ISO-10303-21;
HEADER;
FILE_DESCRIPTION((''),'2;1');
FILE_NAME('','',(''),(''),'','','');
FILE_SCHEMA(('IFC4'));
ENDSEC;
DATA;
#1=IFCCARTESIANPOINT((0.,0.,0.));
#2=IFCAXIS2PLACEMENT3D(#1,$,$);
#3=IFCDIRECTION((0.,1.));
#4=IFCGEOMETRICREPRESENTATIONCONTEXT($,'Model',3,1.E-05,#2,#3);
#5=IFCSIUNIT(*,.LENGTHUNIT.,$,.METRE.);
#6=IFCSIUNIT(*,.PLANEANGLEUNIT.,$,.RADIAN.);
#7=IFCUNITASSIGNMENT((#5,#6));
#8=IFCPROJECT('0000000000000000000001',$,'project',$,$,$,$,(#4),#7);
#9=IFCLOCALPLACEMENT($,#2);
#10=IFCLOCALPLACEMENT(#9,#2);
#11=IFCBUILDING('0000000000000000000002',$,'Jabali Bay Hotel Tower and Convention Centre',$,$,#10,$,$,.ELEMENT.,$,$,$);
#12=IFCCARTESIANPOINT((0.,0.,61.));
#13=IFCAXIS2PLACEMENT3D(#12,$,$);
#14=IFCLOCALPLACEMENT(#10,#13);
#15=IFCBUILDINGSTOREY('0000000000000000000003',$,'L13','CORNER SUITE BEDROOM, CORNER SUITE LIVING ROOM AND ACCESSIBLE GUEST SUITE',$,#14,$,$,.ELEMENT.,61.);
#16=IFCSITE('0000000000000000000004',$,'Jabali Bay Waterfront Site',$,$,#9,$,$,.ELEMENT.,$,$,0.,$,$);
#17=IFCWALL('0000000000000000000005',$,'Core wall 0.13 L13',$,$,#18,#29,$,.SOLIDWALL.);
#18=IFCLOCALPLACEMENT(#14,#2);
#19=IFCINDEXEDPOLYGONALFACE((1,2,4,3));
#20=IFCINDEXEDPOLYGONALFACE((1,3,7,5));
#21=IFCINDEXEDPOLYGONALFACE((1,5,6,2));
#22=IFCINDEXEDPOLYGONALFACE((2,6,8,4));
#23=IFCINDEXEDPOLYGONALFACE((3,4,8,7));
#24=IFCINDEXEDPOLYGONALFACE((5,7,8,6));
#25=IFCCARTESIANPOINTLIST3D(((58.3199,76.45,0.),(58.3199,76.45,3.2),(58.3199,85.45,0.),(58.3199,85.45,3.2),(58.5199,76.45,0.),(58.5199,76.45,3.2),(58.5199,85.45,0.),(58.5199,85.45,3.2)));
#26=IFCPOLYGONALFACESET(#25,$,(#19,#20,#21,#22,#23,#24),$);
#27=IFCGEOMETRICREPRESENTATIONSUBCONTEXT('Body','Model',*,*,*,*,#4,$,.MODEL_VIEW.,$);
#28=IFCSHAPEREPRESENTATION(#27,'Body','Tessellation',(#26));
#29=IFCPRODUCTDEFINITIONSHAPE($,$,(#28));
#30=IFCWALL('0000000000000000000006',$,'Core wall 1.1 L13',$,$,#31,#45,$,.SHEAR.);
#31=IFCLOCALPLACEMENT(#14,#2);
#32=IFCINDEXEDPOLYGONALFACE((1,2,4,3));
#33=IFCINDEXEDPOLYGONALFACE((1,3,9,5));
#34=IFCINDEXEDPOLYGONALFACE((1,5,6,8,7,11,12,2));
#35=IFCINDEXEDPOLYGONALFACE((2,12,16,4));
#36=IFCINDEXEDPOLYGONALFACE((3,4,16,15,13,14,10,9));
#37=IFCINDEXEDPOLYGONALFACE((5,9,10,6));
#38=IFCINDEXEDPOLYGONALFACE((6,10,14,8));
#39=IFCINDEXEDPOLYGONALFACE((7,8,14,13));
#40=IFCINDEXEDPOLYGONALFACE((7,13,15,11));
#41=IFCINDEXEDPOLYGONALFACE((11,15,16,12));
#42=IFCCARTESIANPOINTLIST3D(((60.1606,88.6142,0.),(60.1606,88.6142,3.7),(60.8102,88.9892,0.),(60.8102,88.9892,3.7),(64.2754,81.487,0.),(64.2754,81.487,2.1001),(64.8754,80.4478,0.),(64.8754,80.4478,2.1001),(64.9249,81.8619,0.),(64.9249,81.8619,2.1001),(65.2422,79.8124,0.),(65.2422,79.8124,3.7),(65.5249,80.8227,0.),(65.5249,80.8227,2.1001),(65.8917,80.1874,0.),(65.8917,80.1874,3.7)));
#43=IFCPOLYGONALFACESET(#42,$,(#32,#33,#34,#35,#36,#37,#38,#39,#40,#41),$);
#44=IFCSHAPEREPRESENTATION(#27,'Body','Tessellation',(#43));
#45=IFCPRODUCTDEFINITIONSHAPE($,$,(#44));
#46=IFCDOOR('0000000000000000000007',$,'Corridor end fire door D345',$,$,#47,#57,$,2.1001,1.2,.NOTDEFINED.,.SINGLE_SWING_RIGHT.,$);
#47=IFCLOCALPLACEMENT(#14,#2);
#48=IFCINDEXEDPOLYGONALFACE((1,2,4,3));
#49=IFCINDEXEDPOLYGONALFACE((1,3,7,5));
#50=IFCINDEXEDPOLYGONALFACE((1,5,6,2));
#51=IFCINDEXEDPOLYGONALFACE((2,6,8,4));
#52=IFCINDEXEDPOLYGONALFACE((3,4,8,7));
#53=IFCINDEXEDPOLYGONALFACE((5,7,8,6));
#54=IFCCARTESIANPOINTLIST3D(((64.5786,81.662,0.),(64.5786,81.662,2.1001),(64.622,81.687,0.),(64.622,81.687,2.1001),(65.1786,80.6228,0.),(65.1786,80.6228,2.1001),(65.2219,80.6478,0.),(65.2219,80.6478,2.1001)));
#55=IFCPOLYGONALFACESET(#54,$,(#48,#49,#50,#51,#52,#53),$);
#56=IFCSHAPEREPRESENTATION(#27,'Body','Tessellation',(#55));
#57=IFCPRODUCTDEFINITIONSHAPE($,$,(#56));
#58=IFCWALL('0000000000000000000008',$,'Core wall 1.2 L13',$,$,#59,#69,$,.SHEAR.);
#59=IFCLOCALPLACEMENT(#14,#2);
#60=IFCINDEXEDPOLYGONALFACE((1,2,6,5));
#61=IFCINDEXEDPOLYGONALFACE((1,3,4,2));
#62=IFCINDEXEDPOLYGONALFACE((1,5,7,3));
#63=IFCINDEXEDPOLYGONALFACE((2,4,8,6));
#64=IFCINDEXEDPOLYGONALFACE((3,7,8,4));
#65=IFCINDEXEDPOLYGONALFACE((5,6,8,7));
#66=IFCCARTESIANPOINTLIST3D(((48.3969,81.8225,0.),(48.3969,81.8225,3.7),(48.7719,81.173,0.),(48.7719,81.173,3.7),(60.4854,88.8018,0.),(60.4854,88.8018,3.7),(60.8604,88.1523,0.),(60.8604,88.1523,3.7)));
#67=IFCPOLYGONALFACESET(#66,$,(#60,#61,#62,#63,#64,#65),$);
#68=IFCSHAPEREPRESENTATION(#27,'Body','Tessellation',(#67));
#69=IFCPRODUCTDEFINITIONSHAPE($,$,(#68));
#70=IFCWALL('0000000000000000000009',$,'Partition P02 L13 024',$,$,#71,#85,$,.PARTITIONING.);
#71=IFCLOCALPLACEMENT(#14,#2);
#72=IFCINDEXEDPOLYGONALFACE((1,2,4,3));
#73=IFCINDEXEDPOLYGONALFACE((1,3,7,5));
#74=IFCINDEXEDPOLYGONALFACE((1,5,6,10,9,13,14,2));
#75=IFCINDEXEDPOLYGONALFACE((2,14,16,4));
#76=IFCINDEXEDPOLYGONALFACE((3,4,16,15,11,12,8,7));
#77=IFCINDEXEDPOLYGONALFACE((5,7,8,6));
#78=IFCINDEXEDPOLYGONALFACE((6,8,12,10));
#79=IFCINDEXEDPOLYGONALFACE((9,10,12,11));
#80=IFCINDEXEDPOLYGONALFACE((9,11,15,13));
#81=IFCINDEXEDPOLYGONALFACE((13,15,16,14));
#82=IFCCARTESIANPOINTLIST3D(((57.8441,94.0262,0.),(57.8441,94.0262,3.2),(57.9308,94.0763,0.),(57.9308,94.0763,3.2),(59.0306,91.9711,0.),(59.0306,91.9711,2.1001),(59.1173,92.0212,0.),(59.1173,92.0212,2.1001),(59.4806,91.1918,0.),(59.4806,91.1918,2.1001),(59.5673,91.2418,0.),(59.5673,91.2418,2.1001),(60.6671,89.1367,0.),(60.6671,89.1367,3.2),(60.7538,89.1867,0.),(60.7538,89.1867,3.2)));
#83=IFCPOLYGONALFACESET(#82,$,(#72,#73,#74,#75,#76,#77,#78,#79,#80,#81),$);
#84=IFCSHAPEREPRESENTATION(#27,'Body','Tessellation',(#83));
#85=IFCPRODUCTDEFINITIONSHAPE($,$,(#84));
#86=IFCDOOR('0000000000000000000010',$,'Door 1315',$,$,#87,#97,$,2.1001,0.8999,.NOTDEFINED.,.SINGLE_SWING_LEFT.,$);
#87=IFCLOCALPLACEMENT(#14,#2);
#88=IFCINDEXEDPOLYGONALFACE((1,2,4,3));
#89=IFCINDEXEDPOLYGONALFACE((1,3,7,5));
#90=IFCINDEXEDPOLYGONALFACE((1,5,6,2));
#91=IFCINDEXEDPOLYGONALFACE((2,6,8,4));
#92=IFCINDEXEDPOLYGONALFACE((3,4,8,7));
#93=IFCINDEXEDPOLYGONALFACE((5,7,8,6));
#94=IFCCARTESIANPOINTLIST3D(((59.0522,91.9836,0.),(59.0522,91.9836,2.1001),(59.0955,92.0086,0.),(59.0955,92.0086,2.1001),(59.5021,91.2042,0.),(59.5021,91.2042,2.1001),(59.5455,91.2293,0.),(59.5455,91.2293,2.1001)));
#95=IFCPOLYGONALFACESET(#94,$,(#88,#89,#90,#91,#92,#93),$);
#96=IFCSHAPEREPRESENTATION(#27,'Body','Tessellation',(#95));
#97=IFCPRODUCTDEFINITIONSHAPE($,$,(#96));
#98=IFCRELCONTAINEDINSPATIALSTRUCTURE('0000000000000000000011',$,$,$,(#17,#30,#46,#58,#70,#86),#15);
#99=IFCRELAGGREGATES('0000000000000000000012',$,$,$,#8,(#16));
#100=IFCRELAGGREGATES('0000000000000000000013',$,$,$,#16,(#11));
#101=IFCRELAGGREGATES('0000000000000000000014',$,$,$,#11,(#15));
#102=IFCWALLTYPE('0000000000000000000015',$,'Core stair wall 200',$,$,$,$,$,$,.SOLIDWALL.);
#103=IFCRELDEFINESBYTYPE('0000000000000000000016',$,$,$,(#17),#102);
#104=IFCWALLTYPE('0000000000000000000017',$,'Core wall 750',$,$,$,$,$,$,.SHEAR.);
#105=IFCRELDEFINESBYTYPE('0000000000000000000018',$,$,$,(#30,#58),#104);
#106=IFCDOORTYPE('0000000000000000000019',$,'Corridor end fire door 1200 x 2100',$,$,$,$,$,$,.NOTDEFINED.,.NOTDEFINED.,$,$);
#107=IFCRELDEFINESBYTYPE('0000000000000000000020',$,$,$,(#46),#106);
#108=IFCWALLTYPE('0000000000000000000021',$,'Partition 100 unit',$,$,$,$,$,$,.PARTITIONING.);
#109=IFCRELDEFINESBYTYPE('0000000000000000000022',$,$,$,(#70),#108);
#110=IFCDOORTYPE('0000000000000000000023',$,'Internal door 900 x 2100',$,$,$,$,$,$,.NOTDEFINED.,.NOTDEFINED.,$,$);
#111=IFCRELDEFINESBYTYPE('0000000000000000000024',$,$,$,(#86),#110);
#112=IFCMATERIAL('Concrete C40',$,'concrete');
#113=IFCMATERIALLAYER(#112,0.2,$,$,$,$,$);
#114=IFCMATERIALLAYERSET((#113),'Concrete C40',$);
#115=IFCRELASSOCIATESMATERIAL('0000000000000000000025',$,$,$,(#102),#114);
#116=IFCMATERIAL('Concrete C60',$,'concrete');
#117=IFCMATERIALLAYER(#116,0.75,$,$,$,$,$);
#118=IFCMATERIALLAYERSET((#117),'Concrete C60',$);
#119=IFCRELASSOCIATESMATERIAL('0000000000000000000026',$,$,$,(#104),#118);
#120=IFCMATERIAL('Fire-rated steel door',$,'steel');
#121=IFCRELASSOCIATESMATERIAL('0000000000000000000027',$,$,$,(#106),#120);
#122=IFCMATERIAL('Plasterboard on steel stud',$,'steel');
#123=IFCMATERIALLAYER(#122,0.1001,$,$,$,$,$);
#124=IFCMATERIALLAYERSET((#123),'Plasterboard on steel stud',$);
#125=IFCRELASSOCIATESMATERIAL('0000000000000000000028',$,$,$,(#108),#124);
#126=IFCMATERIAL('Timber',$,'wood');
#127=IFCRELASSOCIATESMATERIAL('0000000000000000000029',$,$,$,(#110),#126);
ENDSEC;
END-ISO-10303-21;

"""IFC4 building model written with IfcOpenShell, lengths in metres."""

from ifc_helpers import new_model, si_unit, direction, frame, frame_2d, origin, place, context, subcontext, project, spatial, rectangle, extrude, material, layer, layer_set, type_object, element, fill, save


model = new_model("IFC4")

# Units and contexts
model_context = context("Model", 3, precision=1e-05, world=origin(), true_north=direction((0.0, 1.0)))
body_context = subcontext(model_context, "Body", "Model", "MODEL_VIEW")
ifc_project = project(units=[si_unit("LENGTHUNIT", "METRE"), si_unit("PLANEANGLEUNIT", "RADIAN")], contexts=[model_context])

# Site, building, storey
site_placement = place(None, origin())
site = spatial("IfcSite", under=ifc_project, at=site_placement, Name="Jabali Bay Waterfront Site", CompositionType="ELEMENT", RefElevation=0.0)
building_placement = place(site_placement, origin())
building = spatial("IfcBuilding", under=site, at=building_placement, Name="Jabali Bay Hotel Tower and Convention Centre", CompositionType="ELEMENT")
storey_placement = place(building_placement, frame((0.0, 0.0, 61.0)))
storey = spatial("IfcBuildingStorey", under=building, at=storey_placement, Name="L13", Description="CORNER SUITE BEDROOM, CORNER SUITE LIVING ROOM AND ACCESSIBLE GUEST SUITE", CompositionType="ELEMENT", Elevation=61.0)

# Shared definitions
ifc_material_1 = material(Name="Concrete C40", Category="concrete")
ifc_material_2 = material(Name="Fire-rated steel door", Category="steel")

# Shared definitions
ifc_layer_1 = layer(ifc_material_1, 0.2)
ifc_layer_set_1 = layer_set([ifc_layer_1], Name="Concrete C40")
wall_type_1 = type_object("IfcWallType", Name="Core stair wall 200", PredefinedType="SOLIDWALL", material=ifc_layer_set_1)

# Wall
wall_1_placement = place(storey_placement, frame((58.4199, 85.45, 0.0), z_axis=(0.0, 0.0, 1.0), x_axis=(0.0, -1.0, 0.0)))
element("IfcWall", 1, at=wall_1_placement, inside=storey, type_object=wall_type_1, Name="Core wall 0.13 L13", PredefinedType="SOLIDWALL", context=body_context, shape_type="SweptSolid", body=[
    extrude(rectangle(XDim=9.0, YDim=0.2, at=frame_2d((4.5, 0.0))), origin(), (0.0, 0.0, 1.0), 3.2),
])

# Wall, opening, door
ifc_material_3 = material(Name="Concrete C60", Category="concrete")
ifc_layer_2 = layer(ifc_material_3, 0.75)
ifc_layer_set_2 = layer_set([ifc_layer_2], Name="Concrete C60")
wall_type_2 = type_object("IfcWallType", Name="Core wall 750", PredefinedType="SHEAR", material=ifc_layer_set_2)
wall_2_placement = place(storey_placement, frame((65.5669, 80.0, 0.0), z_axis=(0.0, 0.0, 1.0), x_axis=(-0.499989, 0.866032, 0.0)))
wall_2 = element("IfcWall", 2, at=wall_2_placement, inside=storey, type_object=wall_type_2, Name="Core wall 1.1 L13", PredefinedType="SHEAR", context=body_context, shape_type="SweptSolid", body=[
    extrude(rectangle(XDim=10.1633, YDim=0.75, at=frame_2d((5.0815, 0.0))), origin(), (0.0, 0.0, 1.0), 3.7),
])
opening_1_placement = place(wall_2_placement, frame((0.7334, 0.0, 0.0)))
opening_1 = element("IfcOpeningElement", 3, at=opening_1_placement, cuts=wall_2, PredefinedType="OPENING", context=body_context, shape_type="SweptSolid", body=[
    extrude(rectangle(XDim=1.2, YDim=2.1001, at=frame_2d((0.6001, 1.05))), frame((0.0, 0.3855, 0.0), z_axis=(0.0, -1.0, 0.0), x_axis=(1.0, 0.0, 0.0)), (0.0, 0.0, 1.0), 0.771),
])
door_type_1 = type_object("IfcDoorType", Name="Corridor end fire door 1200 x 2100", OperationType="NOTDEFINED", PredefinedType="NOTDEFINED", material=ifc_material_2)
door_1_placement = place(opening_1_placement, origin())
door_1 = element("IfcDoor", 4, at=door_1_placement, inside=storey, type_object=door_type_1, Name="Corridor end fire door D345", OperationType="SINGLE_SWING_RIGHT", OverallHeight=2.1001, OverallWidth=1.2, PredefinedType="NOTDEFINED", context=body_context, shape_type="SweptSolid", body=[
    extrude(rectangle(XDim=1.2, YDim=2.1001, at=frame_2d((0.6001, 1.05))), frame((0.0, 0.0249, 0.0), z_axis=(0.0, -1.0, 0.0), x_axis=(1.0, 0.0, 0.0)), (0.0, 0.0, 1.0), 0.05),
])
fill(opening_1, door_1)

# Wall
wall_3_placement = place(storey_placement, frame((60.6729, 88.4771, 0.0), z_axis=(0.0, 0.0, 1.0), x_axis=(-0.866025, -0.500001, 0.0)))
element("IfcWall", 5, at=wall_3_placement, inside=storey, type_object=wall_type_2, Name="Core wall 1.2 L13", PredefinedType="SHEAR", context=body_context, shape_type="SweptSolid", body=[
    extrude(rectangle(XDim=13.9585, YDim=0.75, at=frame_2d((6.9792, 0.0))), origin(), (0.0, 0.0, 1.0), 3.7),
])

# Wall, opening, door
ifc_material_4 = material(Name="Plasterboard on steel stud", Category="steel")
ifc_layer_3 = layer(ifc_material_4, 0.1001)
ifc_layer_set_3 = layer_set([ifc_layer_3], Name="Plasterboard on steel stud")
wall_type_3 = type_object("IfcWallType", Name="Partition 100 unit", PredefinedType="PARTITIONING", material=ifc_layer_set_3)
wall_4_placement = place(storey_placement, frame((57.8875, 94.0513, 0.0), z_axis=(0.0, 0.0, 1.0), x_axis=(0.499994, -0.866029, 0.0)))
wall_4 = element("IfcWall", 6, at=wall_4_placement, inside=storey, type_object=wall_type_3, Name="Partition P02 L13 024", PredefinedType="PARTITIONING", context=body_context, shape_type="SweptSolid", body=[
    extrude(rectangle(XDim=5.646, YDim=0.1001, at=frame_2d((2.823, 0.0))), origin(), (0.0, 0.0, 1.0), 3.2),
])
opening_2_placement = place(wall_4_placement, frame((2.373, 0.0, 0.0)))
opening_2 = element("IfcOpeningElement", 7, at=opening_2_placement, cuts=wall_4, PredefinedType="OPENING", context=body_context, shape_type="SweptSolid", body=[
    extrude(rectangle(XDim=0.8999, YDim=2.1001, at=frame_2d((0.45, 1.05))), frame((0.0, 0.0605, 0.0), z_axis=(0.0, -1.0, 0.0), x_axis=(1.0, 0.0, 0.0)), (0.0, 0.0, 1.0), 0.1211),
])
ifc_material_5 = material(Name="Timber", Category="wood")
door_type_2 = type_object("IfcDoorType", Name="Internal door 900 x 2100", OperationType="NOTDEFINED", PredefinedType="NOTDEFINED", material=ifc_material_5)
door_2_placement = place(opening_2_placement, origin())
door_2 = element("IfcDoor", 8, at=door_2_placement, inside=storey, type_object=door_type_2, Name="Door 1315", OperationType="SINGLE_SWING_LEFT", OverallHeight=2.1001, OverallWidth=0.8999, PredefinedType="NOTDEFINED", context=body_context, shape_type="SweptSolid", body=[
    extrude(rectangle(XDim=0.8999, YDim=2.1001, at=frame_2d((0.45, 1.05))), frame((0.0, 0.0249, 0.0), z_axis=(0.0, -1.0, 0.0), x_axis=(1.0, 0.0, 0.0)), (0.0, 0.0, 1.0), 0.05),
])
fill(opening_2, door_2)

save(model, "model.ifc")
